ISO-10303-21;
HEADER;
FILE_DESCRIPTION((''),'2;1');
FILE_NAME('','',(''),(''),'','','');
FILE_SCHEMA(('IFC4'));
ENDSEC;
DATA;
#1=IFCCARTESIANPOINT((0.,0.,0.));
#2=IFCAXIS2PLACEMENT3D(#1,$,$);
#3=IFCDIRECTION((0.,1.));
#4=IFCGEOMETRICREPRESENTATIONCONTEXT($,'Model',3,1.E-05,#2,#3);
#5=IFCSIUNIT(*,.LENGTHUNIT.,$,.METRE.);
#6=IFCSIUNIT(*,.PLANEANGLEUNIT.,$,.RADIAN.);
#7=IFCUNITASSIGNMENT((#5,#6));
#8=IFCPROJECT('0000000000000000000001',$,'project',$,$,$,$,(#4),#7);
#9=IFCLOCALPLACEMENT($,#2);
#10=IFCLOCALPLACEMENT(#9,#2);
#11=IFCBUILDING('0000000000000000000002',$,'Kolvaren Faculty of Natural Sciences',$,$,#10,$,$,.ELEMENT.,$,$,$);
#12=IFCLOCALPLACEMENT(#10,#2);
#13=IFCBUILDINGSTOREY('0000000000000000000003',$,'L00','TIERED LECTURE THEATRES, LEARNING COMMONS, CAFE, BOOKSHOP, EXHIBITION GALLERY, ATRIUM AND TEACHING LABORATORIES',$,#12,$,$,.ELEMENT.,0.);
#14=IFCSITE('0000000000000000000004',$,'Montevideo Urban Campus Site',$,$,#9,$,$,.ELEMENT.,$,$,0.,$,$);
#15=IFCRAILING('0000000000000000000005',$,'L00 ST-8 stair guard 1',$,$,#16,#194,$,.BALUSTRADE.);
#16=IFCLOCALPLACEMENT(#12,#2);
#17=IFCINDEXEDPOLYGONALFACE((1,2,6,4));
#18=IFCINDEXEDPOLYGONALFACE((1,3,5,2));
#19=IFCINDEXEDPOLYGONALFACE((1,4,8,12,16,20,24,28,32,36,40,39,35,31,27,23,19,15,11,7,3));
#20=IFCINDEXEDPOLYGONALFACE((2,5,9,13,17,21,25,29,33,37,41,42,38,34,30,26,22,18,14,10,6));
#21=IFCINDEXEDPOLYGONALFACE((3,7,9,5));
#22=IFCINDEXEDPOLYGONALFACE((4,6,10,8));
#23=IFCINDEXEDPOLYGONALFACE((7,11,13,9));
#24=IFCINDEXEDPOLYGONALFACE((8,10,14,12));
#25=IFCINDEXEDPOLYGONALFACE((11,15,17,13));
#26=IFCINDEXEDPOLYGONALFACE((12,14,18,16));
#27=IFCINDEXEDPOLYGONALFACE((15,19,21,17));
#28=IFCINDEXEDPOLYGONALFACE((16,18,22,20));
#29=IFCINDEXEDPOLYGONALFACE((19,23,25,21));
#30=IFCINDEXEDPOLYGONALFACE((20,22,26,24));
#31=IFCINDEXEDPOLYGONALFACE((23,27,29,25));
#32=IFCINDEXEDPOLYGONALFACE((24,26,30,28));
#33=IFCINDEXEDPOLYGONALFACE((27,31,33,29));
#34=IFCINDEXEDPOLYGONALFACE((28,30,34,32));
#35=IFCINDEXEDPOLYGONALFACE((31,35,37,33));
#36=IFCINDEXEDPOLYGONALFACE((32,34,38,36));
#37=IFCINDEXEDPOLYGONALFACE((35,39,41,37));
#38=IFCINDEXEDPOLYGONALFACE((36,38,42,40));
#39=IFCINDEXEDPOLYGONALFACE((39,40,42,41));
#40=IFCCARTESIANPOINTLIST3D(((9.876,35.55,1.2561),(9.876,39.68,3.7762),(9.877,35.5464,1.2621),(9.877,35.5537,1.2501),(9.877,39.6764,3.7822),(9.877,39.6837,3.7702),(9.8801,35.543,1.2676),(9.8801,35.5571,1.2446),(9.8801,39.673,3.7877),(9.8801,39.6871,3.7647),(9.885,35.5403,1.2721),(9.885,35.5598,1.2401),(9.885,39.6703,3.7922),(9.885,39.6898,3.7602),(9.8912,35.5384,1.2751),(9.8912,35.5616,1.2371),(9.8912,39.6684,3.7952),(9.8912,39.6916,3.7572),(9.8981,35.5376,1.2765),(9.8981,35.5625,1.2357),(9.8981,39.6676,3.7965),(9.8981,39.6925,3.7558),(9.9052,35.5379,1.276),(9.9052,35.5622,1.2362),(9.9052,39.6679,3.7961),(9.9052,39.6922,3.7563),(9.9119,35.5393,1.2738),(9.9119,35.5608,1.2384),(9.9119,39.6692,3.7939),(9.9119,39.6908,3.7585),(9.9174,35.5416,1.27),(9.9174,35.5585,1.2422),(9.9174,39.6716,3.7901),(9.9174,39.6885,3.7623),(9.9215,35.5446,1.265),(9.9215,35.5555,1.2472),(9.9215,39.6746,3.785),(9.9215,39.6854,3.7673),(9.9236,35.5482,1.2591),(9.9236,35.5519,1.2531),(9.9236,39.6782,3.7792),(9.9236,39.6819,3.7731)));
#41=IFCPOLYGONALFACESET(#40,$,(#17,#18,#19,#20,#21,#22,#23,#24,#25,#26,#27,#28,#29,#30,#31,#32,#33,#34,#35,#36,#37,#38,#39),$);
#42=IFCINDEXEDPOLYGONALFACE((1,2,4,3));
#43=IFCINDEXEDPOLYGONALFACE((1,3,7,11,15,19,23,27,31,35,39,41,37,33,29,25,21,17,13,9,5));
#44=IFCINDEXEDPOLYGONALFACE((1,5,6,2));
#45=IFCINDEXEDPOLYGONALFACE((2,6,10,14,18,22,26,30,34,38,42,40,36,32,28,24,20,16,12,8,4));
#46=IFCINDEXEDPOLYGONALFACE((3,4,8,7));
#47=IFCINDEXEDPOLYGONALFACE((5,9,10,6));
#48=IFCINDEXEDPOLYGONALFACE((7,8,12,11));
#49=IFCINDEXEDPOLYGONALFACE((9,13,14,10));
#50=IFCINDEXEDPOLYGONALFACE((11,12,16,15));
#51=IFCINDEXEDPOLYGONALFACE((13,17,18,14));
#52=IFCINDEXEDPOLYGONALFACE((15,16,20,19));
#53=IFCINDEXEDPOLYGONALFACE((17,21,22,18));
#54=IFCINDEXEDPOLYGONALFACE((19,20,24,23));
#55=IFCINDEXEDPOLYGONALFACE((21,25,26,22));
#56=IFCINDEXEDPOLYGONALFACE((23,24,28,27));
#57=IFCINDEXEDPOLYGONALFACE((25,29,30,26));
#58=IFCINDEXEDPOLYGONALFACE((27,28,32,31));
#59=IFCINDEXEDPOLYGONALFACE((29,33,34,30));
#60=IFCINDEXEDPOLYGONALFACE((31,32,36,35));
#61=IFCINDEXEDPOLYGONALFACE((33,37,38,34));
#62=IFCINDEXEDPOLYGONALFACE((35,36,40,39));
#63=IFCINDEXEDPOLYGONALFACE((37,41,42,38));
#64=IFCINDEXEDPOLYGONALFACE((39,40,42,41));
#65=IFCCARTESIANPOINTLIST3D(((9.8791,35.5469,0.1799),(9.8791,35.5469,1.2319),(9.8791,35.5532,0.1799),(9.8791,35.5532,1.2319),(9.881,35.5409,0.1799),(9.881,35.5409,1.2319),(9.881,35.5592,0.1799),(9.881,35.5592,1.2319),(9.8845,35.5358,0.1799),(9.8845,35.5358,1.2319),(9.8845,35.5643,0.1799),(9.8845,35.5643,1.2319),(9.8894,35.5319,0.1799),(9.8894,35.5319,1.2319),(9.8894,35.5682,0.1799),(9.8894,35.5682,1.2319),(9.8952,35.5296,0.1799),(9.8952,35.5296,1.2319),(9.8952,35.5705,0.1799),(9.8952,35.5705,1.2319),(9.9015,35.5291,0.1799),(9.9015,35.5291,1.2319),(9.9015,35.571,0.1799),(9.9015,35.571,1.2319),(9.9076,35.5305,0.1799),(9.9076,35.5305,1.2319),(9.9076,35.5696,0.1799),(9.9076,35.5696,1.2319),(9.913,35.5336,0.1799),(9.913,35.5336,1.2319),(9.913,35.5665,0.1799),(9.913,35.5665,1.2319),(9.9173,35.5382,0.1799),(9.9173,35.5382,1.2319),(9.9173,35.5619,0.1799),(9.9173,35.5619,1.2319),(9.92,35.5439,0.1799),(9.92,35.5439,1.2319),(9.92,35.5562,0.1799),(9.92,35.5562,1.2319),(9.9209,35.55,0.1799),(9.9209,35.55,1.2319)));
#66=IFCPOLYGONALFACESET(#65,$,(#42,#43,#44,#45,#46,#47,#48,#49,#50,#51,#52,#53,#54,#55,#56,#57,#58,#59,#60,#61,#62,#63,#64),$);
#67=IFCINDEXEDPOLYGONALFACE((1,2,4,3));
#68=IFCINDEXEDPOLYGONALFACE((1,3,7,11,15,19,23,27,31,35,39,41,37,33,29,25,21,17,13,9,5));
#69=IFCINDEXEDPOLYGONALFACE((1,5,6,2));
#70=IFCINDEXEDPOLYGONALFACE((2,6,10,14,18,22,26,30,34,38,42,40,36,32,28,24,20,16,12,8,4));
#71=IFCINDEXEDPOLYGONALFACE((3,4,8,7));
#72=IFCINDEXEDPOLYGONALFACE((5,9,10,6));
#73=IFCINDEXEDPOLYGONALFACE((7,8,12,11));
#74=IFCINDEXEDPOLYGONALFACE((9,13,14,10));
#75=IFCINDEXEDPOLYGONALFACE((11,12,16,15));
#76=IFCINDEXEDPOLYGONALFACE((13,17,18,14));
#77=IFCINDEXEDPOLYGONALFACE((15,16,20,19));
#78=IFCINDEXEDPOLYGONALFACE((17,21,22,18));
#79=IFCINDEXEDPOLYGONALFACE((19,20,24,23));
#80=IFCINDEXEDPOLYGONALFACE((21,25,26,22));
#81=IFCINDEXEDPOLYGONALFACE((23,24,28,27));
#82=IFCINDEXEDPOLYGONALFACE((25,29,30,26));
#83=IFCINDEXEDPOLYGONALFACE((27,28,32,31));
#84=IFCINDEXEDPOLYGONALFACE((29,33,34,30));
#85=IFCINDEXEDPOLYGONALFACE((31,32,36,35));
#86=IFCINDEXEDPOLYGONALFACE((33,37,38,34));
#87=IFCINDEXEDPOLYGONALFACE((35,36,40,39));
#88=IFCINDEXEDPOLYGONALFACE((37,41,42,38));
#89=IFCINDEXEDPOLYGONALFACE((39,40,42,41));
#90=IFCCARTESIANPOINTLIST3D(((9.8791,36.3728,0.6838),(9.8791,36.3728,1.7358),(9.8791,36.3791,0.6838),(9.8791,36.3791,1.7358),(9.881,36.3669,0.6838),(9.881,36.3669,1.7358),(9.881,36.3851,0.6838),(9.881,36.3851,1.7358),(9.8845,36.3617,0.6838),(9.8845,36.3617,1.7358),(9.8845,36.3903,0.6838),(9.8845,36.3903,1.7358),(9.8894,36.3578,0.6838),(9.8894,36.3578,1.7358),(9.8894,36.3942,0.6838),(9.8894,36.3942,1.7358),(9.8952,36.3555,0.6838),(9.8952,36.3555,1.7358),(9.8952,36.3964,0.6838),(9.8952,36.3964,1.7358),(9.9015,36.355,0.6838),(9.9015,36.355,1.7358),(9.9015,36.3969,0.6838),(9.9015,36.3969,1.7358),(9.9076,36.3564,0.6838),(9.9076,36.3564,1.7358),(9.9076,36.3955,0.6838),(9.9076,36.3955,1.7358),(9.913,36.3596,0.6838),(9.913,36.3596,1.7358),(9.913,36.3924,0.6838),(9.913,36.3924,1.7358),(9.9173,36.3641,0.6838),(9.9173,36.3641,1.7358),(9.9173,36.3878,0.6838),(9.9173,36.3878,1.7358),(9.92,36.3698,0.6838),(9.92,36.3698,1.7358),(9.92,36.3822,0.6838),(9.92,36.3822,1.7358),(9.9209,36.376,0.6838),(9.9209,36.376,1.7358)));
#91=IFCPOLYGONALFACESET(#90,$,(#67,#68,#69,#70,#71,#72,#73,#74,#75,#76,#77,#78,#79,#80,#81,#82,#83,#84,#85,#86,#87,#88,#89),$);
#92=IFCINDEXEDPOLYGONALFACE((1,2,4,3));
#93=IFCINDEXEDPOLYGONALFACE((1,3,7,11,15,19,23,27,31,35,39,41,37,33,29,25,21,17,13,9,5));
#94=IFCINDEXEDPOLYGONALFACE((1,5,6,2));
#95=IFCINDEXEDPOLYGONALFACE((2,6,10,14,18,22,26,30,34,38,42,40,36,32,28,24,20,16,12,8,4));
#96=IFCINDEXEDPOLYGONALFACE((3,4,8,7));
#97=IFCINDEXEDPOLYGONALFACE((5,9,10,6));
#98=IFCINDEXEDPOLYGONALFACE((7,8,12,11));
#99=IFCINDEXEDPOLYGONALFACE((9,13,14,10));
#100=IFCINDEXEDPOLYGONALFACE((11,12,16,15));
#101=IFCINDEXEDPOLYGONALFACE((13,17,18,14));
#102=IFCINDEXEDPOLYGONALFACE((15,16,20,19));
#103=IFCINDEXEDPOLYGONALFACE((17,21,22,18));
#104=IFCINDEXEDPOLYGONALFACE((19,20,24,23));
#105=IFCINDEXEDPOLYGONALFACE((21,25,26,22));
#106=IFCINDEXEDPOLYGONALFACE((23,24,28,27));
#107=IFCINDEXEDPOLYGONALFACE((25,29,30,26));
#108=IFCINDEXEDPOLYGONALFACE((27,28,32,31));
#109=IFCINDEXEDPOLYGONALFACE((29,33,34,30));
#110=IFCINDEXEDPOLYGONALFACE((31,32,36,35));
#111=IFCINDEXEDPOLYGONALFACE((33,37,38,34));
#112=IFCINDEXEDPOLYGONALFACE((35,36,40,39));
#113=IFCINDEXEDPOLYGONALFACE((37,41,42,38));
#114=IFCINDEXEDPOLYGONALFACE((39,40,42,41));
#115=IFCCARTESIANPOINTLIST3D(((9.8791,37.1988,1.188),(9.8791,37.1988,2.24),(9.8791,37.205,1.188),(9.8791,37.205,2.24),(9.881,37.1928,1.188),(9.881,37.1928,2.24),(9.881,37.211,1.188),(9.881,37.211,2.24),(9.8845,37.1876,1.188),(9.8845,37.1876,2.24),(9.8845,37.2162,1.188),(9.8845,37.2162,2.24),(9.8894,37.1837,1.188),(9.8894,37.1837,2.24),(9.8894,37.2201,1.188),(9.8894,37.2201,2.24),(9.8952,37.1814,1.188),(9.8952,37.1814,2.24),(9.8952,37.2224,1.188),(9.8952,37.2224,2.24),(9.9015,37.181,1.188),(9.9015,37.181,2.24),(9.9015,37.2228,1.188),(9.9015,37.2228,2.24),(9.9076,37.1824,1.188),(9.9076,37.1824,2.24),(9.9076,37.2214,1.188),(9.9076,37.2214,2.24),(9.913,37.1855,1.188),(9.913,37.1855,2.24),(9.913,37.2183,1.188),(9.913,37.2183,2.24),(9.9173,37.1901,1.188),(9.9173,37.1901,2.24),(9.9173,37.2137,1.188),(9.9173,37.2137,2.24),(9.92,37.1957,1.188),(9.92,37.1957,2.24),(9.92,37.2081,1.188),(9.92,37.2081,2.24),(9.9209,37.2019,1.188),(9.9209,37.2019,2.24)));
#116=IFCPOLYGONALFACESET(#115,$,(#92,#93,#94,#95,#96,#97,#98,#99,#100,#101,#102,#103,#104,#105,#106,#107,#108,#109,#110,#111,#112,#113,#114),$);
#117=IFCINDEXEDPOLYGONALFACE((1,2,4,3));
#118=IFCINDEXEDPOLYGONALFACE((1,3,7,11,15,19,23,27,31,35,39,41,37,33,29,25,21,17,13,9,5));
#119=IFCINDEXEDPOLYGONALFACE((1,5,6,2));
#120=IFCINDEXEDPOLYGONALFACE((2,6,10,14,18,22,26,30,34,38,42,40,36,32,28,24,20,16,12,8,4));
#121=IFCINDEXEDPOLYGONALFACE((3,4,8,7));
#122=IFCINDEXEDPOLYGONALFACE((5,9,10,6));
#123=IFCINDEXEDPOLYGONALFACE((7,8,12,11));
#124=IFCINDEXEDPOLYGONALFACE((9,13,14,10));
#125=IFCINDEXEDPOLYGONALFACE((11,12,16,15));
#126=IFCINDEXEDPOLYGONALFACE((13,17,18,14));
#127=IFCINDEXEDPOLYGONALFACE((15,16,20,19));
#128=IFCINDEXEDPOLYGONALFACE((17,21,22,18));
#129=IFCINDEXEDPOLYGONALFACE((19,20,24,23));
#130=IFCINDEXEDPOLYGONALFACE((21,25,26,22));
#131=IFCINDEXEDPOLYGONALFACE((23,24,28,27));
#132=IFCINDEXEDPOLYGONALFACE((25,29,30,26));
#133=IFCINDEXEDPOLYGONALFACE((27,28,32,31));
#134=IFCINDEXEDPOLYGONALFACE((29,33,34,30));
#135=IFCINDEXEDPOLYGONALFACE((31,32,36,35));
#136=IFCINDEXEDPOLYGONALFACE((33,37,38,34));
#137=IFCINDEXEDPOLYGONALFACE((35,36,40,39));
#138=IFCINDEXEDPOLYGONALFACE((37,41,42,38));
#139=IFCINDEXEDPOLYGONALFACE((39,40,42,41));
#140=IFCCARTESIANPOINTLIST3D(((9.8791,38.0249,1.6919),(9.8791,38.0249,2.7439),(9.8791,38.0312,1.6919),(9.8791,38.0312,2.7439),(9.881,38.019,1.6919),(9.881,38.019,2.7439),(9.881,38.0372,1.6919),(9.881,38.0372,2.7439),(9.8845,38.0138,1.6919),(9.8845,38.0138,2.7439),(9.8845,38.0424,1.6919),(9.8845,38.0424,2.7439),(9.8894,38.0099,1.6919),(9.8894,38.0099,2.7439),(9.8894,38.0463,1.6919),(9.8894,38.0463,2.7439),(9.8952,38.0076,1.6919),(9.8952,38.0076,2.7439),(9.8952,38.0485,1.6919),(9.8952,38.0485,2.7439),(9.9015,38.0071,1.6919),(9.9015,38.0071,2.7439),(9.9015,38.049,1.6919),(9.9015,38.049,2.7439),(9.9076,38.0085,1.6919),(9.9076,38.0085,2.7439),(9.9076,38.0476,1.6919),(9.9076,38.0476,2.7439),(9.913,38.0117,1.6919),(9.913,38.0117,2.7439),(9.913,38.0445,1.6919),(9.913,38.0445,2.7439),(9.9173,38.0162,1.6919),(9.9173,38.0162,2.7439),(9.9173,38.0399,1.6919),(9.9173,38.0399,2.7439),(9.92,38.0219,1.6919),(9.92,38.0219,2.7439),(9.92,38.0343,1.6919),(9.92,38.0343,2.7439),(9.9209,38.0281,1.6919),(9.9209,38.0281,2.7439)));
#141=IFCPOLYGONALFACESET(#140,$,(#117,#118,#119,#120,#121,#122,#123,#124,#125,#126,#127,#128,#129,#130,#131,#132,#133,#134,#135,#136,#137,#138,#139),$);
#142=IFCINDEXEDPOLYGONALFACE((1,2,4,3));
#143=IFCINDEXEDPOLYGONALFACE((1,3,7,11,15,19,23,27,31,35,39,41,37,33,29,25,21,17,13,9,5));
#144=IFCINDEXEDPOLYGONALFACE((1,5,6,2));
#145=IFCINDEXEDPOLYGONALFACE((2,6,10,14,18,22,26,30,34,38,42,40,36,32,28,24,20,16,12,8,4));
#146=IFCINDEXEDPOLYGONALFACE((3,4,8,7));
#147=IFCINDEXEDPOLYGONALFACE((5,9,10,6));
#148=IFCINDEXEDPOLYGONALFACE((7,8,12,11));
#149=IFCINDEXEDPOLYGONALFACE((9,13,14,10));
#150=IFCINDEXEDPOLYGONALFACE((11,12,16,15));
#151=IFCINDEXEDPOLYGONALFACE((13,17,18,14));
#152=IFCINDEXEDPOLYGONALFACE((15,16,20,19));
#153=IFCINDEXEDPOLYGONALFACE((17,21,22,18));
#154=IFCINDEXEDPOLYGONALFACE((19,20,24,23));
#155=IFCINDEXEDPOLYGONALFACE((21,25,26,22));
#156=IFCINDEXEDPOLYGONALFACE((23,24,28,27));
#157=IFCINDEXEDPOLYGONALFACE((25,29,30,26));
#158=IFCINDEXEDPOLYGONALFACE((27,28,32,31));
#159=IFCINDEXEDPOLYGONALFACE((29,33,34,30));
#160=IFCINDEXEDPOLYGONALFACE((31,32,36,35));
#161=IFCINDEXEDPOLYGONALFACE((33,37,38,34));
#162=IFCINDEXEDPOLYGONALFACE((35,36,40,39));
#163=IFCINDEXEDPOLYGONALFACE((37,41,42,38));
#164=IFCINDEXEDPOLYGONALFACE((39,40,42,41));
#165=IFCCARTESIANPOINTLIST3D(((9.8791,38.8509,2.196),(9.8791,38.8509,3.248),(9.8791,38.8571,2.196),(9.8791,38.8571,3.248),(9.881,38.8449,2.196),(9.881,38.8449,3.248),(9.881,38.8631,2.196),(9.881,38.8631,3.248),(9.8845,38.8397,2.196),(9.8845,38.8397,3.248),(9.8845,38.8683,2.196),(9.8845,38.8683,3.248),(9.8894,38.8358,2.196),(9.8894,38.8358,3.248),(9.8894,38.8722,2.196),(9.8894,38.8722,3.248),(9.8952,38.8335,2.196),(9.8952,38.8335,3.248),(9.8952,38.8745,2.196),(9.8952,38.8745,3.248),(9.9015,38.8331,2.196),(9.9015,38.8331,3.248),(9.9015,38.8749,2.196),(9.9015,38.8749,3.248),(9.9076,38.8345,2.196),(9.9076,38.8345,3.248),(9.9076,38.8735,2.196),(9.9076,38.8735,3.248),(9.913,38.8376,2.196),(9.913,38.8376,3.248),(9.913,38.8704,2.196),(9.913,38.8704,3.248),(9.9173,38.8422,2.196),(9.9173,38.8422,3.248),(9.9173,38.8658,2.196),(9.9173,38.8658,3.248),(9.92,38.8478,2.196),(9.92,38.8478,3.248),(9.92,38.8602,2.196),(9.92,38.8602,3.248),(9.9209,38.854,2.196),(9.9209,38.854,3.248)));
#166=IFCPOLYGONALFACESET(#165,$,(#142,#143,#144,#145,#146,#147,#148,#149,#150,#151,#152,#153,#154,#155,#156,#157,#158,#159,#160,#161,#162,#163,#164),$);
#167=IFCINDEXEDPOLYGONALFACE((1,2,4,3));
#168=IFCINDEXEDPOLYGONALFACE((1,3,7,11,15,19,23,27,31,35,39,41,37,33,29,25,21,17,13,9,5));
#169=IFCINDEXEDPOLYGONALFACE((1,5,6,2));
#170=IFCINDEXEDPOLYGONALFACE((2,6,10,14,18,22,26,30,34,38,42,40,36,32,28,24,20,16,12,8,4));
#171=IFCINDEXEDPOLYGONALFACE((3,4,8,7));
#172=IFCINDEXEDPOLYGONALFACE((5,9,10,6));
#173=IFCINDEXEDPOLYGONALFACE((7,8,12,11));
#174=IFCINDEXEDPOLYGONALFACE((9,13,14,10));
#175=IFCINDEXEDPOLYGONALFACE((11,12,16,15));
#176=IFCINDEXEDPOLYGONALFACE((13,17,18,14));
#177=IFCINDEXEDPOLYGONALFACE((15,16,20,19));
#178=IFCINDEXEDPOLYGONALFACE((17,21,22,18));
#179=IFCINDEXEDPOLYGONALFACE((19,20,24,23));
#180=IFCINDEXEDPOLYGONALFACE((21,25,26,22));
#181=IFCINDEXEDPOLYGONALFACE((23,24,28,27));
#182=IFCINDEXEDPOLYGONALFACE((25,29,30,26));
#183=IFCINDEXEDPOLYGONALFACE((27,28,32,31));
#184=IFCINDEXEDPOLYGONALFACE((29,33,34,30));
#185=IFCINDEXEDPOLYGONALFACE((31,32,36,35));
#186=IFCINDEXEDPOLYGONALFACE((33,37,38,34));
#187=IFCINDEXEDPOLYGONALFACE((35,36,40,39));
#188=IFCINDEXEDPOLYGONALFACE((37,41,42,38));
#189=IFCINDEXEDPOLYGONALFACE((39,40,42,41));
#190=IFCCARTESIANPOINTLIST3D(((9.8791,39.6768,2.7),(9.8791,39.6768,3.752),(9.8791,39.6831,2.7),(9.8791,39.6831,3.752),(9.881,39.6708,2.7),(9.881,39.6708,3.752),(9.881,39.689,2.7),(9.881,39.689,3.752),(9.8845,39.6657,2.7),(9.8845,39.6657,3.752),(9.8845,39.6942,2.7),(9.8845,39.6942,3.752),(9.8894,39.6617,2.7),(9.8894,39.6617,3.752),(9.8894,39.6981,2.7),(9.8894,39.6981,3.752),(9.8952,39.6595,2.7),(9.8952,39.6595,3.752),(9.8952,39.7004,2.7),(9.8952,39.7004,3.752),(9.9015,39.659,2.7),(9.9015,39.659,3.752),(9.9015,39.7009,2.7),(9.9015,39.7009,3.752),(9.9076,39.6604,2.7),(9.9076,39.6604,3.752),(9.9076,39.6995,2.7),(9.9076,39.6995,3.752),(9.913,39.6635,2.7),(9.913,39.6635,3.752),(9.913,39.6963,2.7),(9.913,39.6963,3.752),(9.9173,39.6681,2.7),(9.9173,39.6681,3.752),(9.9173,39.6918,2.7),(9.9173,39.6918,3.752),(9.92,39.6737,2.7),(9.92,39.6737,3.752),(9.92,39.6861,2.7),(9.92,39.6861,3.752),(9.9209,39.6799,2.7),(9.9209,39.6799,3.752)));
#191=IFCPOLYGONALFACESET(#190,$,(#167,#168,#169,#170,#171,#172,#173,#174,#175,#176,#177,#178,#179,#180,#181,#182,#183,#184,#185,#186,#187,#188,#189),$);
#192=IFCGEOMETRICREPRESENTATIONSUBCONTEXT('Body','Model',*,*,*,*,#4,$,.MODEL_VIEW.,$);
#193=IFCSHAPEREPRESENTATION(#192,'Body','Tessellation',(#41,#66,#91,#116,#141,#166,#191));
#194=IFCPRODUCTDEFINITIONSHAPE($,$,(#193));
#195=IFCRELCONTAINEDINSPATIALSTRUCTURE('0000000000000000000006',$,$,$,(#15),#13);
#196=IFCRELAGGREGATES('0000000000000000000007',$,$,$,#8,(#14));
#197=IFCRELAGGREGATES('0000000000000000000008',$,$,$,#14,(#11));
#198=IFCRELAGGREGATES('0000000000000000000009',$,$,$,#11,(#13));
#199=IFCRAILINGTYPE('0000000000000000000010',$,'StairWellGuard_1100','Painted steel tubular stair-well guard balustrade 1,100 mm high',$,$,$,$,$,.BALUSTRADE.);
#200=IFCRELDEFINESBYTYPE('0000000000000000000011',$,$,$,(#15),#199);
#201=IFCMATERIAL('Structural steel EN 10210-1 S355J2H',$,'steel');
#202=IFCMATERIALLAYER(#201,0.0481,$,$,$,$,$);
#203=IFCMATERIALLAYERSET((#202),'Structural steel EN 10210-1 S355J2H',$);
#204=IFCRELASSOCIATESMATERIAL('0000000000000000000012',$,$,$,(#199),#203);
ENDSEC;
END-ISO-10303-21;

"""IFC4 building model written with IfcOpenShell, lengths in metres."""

from ifc_helpers import new_model, si_unit, direction, frame, origin, origin_2d, place, context, subcontext, project, spatial, circle, extrude, material, layer, layer_set, type_object, element, save


model = new_model("IFC4")

# Units and contexts
model_context = context("Model", 3, precision=1e-05, world=origin(), true_north=direction((0.0, 1.0)))
body_context = subcontext(model_context, "Body", "Model", "MODEL_VIEW")
ifc_project = project(units=[si_unit("LENGTHUNIT", "METRE"), si_unit("PLANEANGLEUNIT", "RADIAN")], contexts=[model_context])

# Site, building, storey
site_placement = place(None, origin())
site = spatial("IfcSite", under=ifc_project, at=site_placement, Name="Montevideo Urban Campus Site", CompositionType="ELEMENT", RefElevation=0.0)
building_placement = place(site_placement, origin())
building = spatial("IfcBuilding", under=site, at=building_placement, Name="Kolvaren Faculty of Natural Sciences", CompositionType="ELEMENT")
storey_placement = place(building_placement, origin())
storey = spatial("IfcBuildingStorey", under=building, at=storey_placement, Name="L00", Description="TIERED LECTURE THEATRES, LEARNING COMMONS, CAFE, BOOKSHOP, EXHIBITION GALLERY, ATRIUM AND TEACHING LABORATORIES", CompositionType="ELEMENT", Elevation=0.0)

# Railing
ifc_material_1 = material(Name="Structural steel EN 10210-1 S355J2H", Category="steel")
ifc_layer_1 = layer(ifc_material_1, 0.0481)
ifc_layer_set_1 = layer_set([ifc_layer_1], Name="Structural steel EN 10210-1 S355J2H")
railing_type_1 = type_object("IfcRailingType", Name="StairWellGuard_1100", Description="Painted steel tubular stair-well guard balustrade 1,100 mm high", PredefinedType="BALUSTRADE", material=ifc_layer_set_1)
railing_1_placement = place(storey_placement, frame((9.8999, 35.55, 0.1799)))
element("IfcRailing", 1, at=railing_1_placement, inside=storey, type_object=railing_type_1, Name="L00 ST-8 stair guard 1", PredefinedType="BALUSTRADE", context=body_context, shape_type="SweptSolid", body=[
    extrude(circle(Radius=0.0239, at=origin_2d()), frame((0.0, 0.0, 1.0762), z_axis=(0.0, 0.853631, 0.520878), x_axis=(-1.0, 0.0, 0.0)), (0.0, 0.0, 1.0), 4.8381),
    extrude(circle(Radius=0.021, at=origin_2d()), origin(), (0.0, 0.0, 1.0), 1.052),
    extrude(circle(Radius=0.021, at=origin_2d()), frame((0.0, 0.8259, 0.5039)), (0.0, 0.0, 1.0), 1.052),
    extrude(circle(Radius=0.021, at=origin_2d()), frame((0.0, 1.6519, 1.0081)), (0.0, 0.0, 1.0), 1.052),
    extrude(circle(Radius=0.021, at=origin_2d()), frame((0.0, 2.478, 1.512)), (0.0, 0.0, 1.0), 1.052),
    extrude(circle(Radius=0.021, at=origin_2d()), frame((0.0, 3.304, 2.0161)), (0.0, 0.0, 1.0), 1.052),
    extrude(circle(Radius=0.021, at=origin_2d()), frame((0.0, 4.1299, 2.52)), (0.0, 0.0, 1.0), 1.052),
])

save(model, "model.ifc")
